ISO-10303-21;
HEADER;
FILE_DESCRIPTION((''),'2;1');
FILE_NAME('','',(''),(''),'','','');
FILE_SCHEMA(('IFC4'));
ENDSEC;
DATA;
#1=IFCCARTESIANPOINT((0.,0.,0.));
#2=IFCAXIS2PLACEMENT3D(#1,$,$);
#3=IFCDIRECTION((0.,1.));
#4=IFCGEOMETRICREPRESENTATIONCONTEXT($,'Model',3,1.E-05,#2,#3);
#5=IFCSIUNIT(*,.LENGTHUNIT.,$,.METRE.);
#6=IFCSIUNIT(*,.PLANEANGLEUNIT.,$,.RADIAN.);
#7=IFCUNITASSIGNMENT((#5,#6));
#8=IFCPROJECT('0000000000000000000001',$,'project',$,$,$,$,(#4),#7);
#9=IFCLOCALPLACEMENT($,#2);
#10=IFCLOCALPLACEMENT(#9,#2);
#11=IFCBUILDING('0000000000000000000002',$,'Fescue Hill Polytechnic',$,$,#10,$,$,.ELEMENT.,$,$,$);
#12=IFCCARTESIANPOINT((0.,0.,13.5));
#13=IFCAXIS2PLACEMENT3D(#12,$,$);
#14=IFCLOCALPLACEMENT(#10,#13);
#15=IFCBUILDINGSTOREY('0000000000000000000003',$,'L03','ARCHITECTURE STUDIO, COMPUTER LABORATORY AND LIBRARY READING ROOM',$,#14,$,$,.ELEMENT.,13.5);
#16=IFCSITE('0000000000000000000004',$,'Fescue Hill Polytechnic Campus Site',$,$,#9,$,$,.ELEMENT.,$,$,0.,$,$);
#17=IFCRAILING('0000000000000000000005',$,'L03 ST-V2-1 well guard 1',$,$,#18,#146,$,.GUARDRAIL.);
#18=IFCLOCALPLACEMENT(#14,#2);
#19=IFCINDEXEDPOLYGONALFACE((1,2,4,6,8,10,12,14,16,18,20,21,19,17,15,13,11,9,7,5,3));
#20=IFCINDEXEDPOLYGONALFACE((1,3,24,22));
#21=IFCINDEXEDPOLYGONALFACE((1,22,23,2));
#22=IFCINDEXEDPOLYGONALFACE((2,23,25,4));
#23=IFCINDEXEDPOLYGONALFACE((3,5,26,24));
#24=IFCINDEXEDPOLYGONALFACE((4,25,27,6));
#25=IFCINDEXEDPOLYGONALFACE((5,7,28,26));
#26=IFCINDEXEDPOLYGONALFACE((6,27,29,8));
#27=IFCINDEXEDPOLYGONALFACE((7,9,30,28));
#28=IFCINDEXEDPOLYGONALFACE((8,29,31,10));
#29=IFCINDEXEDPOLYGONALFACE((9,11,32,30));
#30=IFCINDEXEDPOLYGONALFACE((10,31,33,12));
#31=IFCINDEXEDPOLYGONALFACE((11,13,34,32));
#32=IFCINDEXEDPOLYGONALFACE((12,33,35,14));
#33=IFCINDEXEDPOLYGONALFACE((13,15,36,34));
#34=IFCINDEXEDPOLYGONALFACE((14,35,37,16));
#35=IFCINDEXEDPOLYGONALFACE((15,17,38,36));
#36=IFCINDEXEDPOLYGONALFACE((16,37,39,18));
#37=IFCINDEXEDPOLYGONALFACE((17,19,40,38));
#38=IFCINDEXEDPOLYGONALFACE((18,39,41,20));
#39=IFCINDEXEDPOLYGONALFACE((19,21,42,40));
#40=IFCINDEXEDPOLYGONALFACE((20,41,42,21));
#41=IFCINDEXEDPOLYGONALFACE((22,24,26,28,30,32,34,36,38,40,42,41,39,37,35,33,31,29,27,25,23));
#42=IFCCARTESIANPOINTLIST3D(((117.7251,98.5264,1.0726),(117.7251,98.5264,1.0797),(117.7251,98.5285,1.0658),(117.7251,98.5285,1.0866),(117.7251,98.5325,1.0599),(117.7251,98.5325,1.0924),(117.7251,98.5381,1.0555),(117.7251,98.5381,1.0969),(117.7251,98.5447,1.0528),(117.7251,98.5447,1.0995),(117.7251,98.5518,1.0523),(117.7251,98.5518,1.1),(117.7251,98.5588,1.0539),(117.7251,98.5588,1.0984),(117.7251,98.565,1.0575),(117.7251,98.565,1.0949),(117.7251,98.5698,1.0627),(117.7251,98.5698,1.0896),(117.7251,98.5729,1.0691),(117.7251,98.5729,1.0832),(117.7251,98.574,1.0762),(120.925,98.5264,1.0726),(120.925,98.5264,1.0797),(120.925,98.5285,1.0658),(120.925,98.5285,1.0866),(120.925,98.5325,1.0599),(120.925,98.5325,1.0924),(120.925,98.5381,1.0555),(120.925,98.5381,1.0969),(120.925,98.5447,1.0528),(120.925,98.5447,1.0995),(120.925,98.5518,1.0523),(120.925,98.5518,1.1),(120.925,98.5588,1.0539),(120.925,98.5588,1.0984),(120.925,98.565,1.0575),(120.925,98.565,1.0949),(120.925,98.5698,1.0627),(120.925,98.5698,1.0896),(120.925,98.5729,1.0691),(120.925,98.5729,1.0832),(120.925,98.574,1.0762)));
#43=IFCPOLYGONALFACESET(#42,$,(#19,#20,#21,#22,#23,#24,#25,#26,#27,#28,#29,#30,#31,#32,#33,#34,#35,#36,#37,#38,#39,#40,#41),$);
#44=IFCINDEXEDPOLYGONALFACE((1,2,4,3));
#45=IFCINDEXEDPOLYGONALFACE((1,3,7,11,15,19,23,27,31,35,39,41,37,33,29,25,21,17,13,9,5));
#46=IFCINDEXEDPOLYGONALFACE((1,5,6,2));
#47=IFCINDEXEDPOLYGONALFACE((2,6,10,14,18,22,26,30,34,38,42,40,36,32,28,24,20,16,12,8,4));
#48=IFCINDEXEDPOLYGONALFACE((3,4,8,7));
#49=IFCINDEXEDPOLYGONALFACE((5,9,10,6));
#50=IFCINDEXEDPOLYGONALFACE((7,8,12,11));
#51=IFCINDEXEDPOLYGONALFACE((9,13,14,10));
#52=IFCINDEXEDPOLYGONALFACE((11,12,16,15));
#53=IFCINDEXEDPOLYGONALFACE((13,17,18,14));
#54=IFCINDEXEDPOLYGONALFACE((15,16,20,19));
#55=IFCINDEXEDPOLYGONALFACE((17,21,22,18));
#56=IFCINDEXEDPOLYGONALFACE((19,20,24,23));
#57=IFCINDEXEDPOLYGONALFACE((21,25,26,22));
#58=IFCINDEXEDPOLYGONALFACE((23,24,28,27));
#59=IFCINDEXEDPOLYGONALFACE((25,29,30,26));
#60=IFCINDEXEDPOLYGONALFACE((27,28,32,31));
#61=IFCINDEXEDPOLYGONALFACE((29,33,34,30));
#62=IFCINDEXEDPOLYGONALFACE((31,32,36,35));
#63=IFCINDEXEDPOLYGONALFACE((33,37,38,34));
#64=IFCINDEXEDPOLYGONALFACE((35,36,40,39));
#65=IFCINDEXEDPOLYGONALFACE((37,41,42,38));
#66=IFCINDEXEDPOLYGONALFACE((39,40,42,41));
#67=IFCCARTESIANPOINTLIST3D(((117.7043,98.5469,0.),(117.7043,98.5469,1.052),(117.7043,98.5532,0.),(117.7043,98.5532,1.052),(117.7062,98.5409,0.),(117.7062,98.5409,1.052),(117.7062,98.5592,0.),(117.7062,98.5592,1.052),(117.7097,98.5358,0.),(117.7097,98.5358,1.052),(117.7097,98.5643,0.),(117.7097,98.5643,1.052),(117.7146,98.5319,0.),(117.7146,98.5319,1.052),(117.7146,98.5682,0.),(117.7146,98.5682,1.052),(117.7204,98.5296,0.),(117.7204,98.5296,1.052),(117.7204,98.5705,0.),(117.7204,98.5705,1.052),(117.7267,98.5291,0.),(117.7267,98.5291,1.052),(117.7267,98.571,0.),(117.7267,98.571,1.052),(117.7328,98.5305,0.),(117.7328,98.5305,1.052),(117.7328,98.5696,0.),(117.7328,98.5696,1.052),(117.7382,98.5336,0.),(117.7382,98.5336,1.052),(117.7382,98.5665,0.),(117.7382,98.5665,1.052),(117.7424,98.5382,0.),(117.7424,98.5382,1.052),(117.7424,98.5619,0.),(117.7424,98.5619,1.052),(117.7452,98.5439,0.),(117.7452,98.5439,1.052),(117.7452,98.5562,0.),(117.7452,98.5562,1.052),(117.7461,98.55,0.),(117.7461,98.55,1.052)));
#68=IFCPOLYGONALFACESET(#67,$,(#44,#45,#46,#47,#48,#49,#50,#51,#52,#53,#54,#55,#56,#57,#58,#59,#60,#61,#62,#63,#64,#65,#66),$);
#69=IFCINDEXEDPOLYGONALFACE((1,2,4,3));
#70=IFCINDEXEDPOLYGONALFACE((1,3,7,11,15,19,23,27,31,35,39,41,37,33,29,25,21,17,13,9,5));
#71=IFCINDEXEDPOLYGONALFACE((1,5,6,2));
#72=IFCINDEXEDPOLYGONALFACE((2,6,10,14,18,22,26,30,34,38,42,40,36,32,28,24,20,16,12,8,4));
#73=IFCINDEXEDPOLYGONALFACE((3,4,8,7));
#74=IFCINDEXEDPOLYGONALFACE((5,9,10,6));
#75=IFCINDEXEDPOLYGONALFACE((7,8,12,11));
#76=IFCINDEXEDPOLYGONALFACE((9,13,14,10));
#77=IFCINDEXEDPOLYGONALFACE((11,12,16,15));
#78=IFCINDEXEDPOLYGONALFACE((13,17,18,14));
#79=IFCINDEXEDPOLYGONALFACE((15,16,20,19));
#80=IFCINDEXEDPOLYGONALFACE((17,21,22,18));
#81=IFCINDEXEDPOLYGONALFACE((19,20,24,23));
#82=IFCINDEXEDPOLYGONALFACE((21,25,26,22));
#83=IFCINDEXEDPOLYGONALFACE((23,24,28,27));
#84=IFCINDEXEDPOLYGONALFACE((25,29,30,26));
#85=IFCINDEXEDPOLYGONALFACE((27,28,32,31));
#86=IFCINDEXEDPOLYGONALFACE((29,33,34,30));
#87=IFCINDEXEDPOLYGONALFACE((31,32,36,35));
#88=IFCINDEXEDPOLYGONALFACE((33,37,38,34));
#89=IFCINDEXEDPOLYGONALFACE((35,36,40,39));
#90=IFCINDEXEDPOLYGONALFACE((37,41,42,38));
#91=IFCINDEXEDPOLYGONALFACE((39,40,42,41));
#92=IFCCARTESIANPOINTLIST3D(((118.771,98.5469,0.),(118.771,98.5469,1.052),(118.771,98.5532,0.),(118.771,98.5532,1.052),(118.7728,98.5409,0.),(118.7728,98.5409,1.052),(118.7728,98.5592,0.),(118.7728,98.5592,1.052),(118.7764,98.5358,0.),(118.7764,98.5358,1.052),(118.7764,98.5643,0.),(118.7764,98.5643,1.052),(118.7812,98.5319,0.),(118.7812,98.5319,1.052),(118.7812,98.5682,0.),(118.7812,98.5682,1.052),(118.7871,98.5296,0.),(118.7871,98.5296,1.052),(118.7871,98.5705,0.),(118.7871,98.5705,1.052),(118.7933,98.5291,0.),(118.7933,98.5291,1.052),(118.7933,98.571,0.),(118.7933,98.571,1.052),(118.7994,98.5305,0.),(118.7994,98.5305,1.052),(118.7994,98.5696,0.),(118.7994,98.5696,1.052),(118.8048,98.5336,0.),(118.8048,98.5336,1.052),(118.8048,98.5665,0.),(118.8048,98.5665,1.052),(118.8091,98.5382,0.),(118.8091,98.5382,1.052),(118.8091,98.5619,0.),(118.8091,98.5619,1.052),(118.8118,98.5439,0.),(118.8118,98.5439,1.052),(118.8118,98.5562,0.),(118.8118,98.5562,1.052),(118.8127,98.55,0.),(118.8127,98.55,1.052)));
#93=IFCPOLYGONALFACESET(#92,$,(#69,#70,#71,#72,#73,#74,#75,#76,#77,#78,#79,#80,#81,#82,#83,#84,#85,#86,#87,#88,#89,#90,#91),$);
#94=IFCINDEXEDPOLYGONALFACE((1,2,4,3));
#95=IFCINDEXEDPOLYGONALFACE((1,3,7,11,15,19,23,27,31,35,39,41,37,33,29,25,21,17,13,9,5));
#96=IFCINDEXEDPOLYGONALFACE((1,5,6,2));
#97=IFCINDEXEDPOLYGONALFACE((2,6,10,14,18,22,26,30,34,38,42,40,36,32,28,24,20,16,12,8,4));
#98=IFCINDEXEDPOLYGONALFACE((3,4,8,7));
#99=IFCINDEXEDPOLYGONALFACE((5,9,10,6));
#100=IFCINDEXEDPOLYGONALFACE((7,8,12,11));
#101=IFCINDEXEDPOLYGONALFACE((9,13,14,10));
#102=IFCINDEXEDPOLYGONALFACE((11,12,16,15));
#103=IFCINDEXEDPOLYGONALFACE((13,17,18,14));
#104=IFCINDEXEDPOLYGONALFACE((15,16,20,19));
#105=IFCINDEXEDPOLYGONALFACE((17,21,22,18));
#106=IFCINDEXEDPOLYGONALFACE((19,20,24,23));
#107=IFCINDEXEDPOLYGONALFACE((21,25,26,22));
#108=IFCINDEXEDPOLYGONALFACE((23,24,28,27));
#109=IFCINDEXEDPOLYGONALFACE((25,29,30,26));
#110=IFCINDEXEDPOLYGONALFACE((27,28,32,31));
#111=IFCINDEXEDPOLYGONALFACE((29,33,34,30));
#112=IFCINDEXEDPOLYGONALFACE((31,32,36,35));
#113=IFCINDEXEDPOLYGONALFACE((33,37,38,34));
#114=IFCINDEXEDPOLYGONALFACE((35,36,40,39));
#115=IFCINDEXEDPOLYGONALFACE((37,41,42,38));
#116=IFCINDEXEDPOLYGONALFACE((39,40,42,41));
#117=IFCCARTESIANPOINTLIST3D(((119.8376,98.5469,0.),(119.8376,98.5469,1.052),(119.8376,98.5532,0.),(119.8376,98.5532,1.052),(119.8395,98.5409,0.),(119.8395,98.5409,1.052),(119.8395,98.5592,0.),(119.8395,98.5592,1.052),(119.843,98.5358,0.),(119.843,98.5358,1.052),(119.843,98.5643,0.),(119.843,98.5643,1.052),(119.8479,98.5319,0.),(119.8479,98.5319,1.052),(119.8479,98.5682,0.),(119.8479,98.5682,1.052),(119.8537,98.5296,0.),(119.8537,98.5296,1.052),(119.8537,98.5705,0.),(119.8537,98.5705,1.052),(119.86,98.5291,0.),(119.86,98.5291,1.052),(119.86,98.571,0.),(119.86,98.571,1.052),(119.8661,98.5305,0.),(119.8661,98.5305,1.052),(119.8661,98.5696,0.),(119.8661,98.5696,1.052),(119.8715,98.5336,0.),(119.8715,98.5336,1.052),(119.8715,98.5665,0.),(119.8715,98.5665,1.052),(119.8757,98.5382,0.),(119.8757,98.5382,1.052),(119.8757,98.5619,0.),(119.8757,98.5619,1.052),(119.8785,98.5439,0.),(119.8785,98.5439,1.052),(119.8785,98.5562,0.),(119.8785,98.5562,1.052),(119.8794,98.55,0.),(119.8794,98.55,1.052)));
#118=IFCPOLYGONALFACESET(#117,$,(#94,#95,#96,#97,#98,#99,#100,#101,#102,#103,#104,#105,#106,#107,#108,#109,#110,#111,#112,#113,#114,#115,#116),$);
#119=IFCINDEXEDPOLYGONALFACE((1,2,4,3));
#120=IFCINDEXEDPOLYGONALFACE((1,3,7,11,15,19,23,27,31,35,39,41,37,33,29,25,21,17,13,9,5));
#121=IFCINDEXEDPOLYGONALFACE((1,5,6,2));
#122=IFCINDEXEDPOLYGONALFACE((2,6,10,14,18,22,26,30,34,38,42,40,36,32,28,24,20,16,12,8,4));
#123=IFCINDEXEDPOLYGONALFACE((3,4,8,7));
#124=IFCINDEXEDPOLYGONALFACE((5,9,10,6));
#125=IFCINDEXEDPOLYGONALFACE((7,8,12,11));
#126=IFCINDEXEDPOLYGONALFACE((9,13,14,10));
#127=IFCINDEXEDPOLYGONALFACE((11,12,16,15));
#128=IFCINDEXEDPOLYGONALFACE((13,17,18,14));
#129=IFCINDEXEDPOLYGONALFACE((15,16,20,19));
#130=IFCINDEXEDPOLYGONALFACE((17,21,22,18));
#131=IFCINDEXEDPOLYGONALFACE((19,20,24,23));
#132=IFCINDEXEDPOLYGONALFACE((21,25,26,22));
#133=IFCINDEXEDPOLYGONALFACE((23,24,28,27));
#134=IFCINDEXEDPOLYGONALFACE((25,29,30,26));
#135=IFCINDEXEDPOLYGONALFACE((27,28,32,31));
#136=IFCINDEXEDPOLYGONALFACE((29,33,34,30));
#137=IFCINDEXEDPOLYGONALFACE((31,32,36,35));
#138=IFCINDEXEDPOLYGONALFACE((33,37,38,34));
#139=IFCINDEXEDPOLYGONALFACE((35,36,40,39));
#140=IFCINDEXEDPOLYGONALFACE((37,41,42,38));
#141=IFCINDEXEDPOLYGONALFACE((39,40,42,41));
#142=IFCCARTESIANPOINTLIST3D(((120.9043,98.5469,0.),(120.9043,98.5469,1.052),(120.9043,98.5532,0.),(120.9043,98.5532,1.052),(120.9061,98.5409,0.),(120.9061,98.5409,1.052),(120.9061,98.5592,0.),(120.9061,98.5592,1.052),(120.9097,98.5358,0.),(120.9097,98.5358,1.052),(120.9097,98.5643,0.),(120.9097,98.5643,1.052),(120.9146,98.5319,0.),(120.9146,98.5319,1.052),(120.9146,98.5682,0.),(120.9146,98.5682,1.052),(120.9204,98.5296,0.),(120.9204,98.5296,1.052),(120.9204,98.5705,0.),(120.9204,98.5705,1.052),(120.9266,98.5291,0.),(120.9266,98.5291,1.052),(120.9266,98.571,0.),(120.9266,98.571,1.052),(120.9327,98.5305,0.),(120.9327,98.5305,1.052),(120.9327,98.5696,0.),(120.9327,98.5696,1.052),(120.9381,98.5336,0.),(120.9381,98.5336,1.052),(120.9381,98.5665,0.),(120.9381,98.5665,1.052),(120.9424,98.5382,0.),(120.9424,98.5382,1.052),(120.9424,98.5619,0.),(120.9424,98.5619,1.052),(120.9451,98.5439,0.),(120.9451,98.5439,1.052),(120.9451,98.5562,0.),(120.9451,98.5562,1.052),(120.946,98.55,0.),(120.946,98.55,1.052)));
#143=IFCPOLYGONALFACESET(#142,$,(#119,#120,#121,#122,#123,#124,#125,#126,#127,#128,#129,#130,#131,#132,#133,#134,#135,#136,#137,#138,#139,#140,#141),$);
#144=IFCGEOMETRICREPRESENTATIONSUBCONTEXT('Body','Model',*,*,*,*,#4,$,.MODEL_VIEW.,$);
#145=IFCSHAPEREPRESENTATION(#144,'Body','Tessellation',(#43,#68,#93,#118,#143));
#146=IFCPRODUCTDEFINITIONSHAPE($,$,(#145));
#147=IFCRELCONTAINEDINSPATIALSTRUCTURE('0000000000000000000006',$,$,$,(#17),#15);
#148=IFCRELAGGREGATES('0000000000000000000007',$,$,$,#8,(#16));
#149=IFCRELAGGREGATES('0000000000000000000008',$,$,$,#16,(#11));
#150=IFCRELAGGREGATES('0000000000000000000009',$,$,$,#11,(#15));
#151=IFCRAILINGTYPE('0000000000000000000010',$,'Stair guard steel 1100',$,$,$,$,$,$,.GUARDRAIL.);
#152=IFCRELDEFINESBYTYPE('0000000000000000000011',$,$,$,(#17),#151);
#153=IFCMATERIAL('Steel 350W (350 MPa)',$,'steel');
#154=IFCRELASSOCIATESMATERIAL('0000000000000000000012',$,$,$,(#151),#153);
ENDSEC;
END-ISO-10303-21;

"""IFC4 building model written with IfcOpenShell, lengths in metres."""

from ifc_helpers import new_model, si_unit, direction, frame, origin, origin_2d, place, context, subcontext, project, spatial, circle, extrude, material, type_object, element, save


model = new_model("IFC4")

# Units and contexts
model_context = context("Model", 3, precision=1e-05, world=origin(), true_north=direction((0.0, 1.0)))
body_context = subcontext(model_context, "Body", "Model", "MODEL_VIEW")
ifc_project = project(units=[si_unit("LENGTHUNIT", "METRE"), si_unit("PLANEANGLEUNIT", "RADIAN")], contexts=[model_context])

# Site, building, storey
site_placement = place(None, origin())
site = spatial("IfcSite", under=ifc_project, at=site_placement, Name="Fescue Hill Polytechnic Campus Site", CompositionType="ELEMENT", RefElevation=0.0)
building_placement = place(site_placement, origin())
building = spatial("IfcBuilding", under=site, at=building_placement, Name="Fescue Hill Polytechnic", CompositionType="ELEMENT")
storey_placement = place(building_placement, frame((0.0, 0.0, 13.5)))
storey = spatial("IfcBuildingStorey", under=building, at=storey_placement, Name="L03", Description="ARCHITECTURE STUDIO, COMPUTER LABORATORY AND LIBRARY READING ROOM", CompositionType="ELEMENT", Elevation=13.5)

# Shared definitions
ifc_material_1 = material(Name="Steel 350W (350 MPa)", Category="steel")

# Railing
railing_type = type_object("IfcRailingType", Name="Stair guard steel 1100", PredefinedType="GUARDRAIL", material=ifc_material_1)
railing_placement = place(storey_placement, frame((117.7251, 98.55, 0.0)))
element("IfcRailing", 1, at=railing_placement, inside=storey, type_object=railing_type, Name="L03 ST-V2-1 well guard 1", PredefinedType="GUARDRAIL", context=body_context, shape_type="SweptSolid", body=[
    extrude(circle(Radius=0.0239, at=origin_2d()), frame((0.0, 0.0, 1.0762), z_axis=(1.0, 0.0, 0.0), x_axis=(0.0, 1.0, 0.0)), (0.0, 0.0, 1.0), 3.2),
    extrude(circle(Radius=0.021, at=origin_2d()), origin(), (0.0, 0.0, 1.0), 1.052),
    extrude(circle(Radius=0.021, at=origin_2d()), frame((1.0667, 0.0, 0.0)), (0.0, 0.0, 1.0), 1.052),
    extrude(circle(Radius=0.021, at=origin_2d()), frame((2.1333, 0.0, 0.0)), (0.0, 0.0, 1.0), 1.052),
    extrude(circle(Radius=0.021, at=origin_2d()), frame((3.2, 0.0, 0.0)), (0.0, 0.0, 1.0), 1.052),
])

save(model, "model.ifc")
